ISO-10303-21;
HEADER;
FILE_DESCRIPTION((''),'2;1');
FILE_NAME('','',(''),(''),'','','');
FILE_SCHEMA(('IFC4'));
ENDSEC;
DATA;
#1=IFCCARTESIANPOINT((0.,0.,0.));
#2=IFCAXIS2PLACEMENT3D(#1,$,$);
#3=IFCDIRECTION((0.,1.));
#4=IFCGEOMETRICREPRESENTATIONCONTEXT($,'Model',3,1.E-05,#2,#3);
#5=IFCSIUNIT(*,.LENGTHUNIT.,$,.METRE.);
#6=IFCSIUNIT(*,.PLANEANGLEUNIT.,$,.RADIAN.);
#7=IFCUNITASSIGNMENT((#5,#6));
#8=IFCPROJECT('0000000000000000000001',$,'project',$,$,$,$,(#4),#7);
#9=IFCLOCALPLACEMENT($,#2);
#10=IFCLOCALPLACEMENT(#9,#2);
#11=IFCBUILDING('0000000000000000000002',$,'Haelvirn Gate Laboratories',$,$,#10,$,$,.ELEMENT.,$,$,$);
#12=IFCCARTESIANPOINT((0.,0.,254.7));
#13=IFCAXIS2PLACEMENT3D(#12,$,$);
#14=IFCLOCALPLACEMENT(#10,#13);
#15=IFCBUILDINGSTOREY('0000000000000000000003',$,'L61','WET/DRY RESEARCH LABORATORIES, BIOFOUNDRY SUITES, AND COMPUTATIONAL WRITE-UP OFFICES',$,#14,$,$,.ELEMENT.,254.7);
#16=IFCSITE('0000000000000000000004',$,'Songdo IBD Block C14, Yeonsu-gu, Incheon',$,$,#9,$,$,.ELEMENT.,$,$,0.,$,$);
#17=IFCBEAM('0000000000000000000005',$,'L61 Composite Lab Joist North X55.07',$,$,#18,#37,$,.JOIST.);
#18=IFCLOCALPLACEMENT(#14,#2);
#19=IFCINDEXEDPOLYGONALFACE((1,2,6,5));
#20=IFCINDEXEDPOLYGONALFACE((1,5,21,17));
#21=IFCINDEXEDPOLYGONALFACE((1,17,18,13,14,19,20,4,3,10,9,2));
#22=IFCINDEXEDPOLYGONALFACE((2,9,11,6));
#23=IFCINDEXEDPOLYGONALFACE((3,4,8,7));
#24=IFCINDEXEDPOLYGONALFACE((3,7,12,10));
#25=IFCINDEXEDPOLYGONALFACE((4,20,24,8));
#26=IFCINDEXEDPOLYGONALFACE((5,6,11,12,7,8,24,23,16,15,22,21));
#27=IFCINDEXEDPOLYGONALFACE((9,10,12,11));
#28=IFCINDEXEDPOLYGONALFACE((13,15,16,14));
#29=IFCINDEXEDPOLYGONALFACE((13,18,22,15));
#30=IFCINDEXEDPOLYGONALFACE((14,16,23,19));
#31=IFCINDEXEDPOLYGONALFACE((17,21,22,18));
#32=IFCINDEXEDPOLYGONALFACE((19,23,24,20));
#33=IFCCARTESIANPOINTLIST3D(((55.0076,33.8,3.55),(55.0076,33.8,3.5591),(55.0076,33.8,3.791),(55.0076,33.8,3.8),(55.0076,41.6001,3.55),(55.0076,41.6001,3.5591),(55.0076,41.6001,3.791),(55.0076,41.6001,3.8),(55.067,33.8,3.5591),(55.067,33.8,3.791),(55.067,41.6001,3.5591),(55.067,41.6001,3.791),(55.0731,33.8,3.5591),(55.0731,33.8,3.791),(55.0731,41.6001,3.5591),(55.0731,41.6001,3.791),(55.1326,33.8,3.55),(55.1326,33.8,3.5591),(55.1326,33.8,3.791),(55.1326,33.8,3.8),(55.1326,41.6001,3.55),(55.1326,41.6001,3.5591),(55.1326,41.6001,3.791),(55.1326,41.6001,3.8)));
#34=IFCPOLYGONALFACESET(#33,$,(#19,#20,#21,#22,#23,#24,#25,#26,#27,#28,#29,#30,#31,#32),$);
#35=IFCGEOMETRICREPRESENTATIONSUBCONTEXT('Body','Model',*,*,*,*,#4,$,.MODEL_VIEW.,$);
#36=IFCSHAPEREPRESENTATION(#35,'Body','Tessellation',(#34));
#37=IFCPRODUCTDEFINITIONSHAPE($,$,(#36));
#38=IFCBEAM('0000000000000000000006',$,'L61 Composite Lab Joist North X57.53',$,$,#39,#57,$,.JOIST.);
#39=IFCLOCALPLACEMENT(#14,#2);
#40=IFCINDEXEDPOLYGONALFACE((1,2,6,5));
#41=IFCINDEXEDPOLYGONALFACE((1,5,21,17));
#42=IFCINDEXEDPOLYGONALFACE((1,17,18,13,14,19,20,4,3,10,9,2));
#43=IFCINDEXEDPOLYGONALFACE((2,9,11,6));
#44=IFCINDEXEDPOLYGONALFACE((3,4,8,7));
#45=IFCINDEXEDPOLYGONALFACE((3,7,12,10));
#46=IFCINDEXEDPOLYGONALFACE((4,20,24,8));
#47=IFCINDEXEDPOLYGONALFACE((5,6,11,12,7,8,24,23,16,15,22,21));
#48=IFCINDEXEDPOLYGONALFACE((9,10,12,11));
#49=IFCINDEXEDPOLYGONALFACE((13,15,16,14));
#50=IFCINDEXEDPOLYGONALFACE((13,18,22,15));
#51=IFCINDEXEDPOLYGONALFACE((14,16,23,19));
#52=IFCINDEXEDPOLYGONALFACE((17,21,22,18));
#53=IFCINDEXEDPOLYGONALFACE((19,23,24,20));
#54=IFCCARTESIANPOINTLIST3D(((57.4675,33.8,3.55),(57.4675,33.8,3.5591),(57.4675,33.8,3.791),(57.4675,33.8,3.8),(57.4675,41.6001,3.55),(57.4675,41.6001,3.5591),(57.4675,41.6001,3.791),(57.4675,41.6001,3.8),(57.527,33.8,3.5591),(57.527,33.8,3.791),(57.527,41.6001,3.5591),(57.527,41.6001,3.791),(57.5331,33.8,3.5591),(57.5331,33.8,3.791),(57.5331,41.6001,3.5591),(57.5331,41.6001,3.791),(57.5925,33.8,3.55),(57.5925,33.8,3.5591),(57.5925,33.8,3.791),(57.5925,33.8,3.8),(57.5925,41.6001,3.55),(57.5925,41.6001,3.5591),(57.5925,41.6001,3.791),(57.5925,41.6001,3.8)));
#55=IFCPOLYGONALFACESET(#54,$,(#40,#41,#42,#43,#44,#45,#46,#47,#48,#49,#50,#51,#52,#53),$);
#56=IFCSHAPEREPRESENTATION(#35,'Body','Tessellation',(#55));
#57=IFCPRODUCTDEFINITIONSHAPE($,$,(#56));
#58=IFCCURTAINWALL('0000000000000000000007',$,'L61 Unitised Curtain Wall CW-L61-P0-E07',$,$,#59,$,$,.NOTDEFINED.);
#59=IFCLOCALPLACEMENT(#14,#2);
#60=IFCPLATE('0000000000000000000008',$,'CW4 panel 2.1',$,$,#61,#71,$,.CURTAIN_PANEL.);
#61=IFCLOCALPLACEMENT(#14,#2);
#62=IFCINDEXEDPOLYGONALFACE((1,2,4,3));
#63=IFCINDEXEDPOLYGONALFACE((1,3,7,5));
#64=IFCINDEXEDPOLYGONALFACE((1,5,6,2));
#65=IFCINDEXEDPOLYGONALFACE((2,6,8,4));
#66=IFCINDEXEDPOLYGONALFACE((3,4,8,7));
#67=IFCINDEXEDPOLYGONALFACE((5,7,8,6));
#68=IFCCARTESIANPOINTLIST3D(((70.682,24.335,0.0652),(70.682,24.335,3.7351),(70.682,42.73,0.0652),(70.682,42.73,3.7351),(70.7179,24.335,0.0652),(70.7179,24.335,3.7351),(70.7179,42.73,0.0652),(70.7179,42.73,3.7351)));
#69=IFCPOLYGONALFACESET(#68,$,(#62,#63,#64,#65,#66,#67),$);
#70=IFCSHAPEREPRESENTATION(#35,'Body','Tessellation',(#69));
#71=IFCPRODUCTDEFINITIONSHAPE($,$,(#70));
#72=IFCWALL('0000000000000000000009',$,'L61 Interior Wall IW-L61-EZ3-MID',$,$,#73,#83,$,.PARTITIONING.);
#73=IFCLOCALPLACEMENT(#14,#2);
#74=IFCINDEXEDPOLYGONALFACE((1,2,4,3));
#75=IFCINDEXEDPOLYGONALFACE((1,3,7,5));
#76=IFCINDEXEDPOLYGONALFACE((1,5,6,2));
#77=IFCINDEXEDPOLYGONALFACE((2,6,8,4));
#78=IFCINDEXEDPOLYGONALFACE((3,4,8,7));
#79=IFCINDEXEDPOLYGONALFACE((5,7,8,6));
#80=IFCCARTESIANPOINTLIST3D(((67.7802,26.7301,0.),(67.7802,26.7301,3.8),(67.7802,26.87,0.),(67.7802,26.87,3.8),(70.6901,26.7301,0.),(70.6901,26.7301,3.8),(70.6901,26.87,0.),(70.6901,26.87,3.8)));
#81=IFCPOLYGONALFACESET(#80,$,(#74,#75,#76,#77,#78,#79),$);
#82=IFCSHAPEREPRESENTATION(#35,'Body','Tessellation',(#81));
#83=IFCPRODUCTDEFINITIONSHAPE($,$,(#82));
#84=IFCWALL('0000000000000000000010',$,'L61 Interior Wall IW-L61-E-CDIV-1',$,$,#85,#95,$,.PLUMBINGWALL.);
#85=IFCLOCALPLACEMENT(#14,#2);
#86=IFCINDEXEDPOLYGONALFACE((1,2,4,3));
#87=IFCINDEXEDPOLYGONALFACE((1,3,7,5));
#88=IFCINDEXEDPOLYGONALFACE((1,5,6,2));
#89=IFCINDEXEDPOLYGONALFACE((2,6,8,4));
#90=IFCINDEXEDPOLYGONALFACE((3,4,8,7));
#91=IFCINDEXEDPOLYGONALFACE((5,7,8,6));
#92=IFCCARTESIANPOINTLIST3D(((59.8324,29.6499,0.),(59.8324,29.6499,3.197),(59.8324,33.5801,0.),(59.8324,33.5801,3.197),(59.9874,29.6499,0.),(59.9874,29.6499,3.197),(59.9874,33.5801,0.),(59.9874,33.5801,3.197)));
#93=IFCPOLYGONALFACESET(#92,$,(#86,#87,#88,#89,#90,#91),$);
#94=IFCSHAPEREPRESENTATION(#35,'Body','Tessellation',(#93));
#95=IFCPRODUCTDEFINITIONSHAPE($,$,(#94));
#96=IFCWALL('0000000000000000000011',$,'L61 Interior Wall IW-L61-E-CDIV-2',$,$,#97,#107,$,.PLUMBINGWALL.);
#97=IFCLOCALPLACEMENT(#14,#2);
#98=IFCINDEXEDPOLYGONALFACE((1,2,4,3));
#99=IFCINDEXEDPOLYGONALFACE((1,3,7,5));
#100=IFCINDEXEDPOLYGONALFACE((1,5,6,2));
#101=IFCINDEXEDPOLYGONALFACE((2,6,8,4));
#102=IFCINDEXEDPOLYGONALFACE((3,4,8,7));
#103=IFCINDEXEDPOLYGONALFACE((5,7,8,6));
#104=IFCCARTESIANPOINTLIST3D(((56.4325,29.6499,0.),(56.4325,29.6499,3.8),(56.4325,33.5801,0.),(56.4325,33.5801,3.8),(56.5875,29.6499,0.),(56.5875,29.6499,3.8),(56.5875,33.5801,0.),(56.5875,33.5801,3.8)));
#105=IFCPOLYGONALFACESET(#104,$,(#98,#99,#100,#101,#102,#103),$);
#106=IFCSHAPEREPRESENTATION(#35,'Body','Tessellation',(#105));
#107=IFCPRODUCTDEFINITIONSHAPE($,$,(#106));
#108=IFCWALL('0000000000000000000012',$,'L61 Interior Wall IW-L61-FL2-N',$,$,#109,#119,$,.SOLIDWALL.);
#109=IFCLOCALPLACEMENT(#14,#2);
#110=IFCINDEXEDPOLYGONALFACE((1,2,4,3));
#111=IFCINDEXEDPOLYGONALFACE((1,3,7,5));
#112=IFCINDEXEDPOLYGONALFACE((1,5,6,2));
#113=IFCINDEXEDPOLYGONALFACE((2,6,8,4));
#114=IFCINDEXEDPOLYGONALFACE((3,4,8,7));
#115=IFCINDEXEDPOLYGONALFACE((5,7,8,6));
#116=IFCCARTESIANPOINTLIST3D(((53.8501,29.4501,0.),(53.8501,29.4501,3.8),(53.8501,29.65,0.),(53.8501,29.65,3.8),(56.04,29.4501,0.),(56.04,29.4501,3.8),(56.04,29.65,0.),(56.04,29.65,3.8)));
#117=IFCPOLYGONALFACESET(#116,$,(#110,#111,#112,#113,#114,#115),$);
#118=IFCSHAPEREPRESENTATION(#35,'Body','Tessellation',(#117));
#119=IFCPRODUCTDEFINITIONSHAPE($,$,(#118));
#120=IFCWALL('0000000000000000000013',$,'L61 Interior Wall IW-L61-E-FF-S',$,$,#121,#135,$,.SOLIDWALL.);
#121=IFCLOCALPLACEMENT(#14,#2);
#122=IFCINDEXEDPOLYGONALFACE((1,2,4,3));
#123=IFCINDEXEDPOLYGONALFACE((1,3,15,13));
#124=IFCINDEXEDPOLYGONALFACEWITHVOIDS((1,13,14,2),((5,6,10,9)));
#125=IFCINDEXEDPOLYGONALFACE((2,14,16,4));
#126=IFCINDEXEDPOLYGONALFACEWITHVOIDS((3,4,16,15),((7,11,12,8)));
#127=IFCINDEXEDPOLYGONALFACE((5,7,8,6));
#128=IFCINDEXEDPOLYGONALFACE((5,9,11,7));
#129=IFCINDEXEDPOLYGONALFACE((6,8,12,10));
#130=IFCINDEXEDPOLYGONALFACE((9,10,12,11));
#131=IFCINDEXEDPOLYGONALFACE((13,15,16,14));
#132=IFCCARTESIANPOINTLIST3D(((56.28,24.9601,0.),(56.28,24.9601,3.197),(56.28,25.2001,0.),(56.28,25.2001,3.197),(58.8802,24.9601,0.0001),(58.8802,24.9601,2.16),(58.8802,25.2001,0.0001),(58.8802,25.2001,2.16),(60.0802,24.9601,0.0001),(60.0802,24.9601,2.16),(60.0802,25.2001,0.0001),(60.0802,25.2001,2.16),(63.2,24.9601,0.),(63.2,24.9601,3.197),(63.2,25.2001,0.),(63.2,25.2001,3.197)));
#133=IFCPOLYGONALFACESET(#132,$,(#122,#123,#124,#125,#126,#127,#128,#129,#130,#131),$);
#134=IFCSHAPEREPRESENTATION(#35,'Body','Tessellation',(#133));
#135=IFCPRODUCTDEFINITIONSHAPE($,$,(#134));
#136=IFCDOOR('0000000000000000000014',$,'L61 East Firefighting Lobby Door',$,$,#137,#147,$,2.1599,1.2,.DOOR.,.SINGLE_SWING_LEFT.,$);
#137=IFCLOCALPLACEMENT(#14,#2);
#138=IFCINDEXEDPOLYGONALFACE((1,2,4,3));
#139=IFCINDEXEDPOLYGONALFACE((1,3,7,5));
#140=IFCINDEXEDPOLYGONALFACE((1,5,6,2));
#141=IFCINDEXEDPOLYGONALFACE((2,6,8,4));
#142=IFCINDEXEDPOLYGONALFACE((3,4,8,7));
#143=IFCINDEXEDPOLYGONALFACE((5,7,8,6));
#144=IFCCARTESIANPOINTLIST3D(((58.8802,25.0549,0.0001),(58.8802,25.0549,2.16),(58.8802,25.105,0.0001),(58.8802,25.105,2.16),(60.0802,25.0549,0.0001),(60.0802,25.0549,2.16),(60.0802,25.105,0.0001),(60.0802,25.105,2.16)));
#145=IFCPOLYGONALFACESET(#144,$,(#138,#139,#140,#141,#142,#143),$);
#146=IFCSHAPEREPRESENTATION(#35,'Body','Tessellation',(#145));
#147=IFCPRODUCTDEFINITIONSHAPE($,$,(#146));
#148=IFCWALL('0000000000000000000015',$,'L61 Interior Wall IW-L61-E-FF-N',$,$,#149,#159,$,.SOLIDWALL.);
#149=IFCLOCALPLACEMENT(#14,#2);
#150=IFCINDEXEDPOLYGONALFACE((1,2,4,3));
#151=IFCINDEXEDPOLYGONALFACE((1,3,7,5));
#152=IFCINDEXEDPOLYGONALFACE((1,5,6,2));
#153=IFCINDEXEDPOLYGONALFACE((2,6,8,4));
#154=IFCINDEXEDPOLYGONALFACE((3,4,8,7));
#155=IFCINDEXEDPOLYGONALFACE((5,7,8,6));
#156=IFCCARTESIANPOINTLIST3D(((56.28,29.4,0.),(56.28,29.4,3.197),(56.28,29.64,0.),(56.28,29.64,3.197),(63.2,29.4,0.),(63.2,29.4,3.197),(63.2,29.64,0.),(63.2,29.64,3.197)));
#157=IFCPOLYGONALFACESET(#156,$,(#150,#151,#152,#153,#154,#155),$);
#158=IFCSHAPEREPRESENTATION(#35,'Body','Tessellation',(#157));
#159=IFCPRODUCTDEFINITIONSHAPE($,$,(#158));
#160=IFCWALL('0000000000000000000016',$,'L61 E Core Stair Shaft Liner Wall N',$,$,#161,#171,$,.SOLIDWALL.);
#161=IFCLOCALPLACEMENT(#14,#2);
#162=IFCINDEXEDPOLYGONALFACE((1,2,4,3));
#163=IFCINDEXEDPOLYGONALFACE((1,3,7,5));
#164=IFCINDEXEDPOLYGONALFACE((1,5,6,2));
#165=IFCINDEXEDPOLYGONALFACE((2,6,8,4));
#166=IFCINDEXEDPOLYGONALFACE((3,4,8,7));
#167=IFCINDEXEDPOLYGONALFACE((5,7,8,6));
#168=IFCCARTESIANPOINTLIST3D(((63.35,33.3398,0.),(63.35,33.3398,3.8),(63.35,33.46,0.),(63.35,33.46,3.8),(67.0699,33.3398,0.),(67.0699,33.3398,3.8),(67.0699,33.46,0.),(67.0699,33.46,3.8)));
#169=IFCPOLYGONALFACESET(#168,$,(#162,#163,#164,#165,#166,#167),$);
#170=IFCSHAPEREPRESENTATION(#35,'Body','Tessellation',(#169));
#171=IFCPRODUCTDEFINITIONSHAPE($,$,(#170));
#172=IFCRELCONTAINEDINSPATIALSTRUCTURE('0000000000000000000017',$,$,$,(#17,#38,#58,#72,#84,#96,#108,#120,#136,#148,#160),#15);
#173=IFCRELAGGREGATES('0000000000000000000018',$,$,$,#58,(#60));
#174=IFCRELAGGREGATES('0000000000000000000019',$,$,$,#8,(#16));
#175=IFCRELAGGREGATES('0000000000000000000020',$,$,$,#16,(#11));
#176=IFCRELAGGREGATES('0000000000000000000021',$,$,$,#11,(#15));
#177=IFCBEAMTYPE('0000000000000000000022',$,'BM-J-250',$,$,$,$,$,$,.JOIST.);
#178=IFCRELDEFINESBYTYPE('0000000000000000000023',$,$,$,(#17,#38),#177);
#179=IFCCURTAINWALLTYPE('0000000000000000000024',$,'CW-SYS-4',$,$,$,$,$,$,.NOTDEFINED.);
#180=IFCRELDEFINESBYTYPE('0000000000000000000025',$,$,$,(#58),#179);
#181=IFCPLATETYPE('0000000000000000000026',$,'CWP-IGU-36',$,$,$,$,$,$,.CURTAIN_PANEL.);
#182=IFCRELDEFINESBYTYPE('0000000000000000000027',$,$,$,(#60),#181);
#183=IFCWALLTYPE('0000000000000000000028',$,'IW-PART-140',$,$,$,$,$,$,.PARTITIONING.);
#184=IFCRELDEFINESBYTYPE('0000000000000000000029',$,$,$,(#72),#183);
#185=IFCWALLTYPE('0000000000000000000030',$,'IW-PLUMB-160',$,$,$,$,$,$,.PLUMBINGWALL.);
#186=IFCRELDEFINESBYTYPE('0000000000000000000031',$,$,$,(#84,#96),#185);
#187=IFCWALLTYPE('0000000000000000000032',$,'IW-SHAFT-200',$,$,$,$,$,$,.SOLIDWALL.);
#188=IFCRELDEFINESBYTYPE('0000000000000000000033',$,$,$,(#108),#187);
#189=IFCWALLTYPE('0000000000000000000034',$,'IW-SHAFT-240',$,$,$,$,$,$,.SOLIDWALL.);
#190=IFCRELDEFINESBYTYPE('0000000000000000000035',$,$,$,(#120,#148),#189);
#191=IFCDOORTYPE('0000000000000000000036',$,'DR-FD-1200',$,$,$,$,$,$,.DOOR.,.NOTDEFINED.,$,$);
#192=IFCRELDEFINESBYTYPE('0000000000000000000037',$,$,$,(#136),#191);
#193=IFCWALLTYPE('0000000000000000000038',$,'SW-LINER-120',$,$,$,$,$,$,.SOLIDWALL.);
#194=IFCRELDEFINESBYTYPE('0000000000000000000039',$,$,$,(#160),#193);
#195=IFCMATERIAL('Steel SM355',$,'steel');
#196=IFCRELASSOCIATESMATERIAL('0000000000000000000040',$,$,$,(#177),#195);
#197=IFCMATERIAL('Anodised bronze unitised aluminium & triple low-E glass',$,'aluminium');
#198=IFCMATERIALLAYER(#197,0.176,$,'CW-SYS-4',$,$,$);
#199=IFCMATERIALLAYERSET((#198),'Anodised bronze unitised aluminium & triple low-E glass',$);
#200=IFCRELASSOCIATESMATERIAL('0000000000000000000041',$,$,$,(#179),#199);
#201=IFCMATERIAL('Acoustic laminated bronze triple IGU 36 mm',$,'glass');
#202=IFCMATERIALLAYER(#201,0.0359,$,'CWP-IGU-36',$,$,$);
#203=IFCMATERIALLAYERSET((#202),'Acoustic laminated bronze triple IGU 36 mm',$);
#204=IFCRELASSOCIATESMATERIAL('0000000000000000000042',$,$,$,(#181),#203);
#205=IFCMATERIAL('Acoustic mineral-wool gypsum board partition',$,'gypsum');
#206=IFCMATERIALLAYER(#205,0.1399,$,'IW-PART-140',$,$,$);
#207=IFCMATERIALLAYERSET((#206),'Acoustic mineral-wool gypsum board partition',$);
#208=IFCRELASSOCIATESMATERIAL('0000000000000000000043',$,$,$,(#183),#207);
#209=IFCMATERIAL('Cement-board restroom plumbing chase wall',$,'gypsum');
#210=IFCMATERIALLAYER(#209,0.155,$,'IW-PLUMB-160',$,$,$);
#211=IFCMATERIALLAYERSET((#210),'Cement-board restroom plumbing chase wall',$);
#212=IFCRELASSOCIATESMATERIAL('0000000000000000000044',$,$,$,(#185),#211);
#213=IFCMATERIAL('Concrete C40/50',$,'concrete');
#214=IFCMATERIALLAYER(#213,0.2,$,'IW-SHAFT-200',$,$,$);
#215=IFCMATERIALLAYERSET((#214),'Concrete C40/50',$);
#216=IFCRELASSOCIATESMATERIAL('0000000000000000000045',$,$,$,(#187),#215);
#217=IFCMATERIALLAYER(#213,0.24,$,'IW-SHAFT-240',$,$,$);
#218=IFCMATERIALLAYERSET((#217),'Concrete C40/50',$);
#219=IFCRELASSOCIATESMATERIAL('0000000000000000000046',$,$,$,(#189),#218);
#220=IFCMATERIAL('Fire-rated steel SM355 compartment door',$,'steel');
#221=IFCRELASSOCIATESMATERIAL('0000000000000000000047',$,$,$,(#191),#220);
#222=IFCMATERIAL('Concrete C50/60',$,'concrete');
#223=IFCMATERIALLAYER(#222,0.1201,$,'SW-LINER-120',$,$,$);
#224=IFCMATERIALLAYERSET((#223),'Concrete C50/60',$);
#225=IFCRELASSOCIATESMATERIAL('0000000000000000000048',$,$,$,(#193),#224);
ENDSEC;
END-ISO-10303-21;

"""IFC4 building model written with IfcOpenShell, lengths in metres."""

from ifc_helpers import new_model, si_unit, direction, frame, frame_2d, origin, origin_2d, place, context, subcontext, project, spatial, rectangle, i_section, extrude, source, transform, mapped, material, layer, layer_set, material_profile, profile_set, type_object, type_shapes, element, fill, aggregate, save


model = new_model("IFC4")

# Units and contexts
model_context = context("Model", 3, precision=1e-05, world=origin(), true_north=direction((0.0, 1.0)))
body_context = subcontext(model_context, "Body", "Model", "MODEL_VIEW")
ifc_project = project(units=[si_unit("LENGTHUNIT", "METRE"), si_unit("PLANEANGLEUNIT", "RADIAN")], contexts=[model_context])

# Site, building, storey
site_placement = place(None, origin())
site = spatial("IfcSite", under=ifc_project, at=site_placement, Name="Songdo IBD Block C14, Yeonsu-gu, Incheon", CompositionType="ELEMENT", RefElevation=0.0)
building_placement = place(site_placement, origin())
building = spatial("IfcBuilding", under=site, at=building_placement, Name="Haelvirn Gate Laboratories", CompositionType="ELEMENT")
storey_placement = place(building_placement, frame((0.0, 0.0, 254.7)))
storey = spatial("IfcBuildingStorey", under=building, at=storey_placement, Name="L61", Description="WET/DRY RESEARCH LABORATORIES, BIOFOUNDRY SUITES, AND COMPUTATIONAL WRITE-UP OFFICES", CompositionType="ELEMENT", Elevation=254.7)

# Beams
ifc_material_1 = material(Name="Steel SM355", Category="steel")
ifc_material_profile = material_profile(ifc_material_1, i_section(OverallWidth=0.125, OverallDepth=0.25, WebThickness=0.0061, FlangeThickness=0.009, at=origin_2d()), Name="H-250x125x6x9")
ifc_profile_set = profile_set([ifc_material_profile], Name="Steel SM355")
beam_type = type_object("IfcBeamType", Name="BM-J-250", PredefinedType="JOIST", material=ifc_profile_set)
shared_shape_1 = source(origin(), body_context, "Body", "SweptSolid", [
    extrude(i_section(OverallWidth=0.125, OverallDepth=0.25, WebThickness=0.0061, FlangeThickness=0.009, at=origin_2d()), origin(), (0.0, 0.0, 1.0), 7.8),
])
type_shapes(beam_type, [shared_shape_1])
for number, where, z_axis, x_axis, name in (
    (1, (55.0701, 33.8, 3.675), (0.0, 1.0, 0.0), (-1.0, 0.0, 0.0), "L61 Composite Lab Joist North X55.07"),
    (2, (57.53, 33.8, 3.675), (0.0, 1.0, 0.0), (-1.0, 0.0, 0.0), "L61 Composite Lab Joist North X57.53"),
):
    element("IfcBeam", number, at=place(storey_placement, frame(where, z_axis=z_axis, x_axis=x_axis)), inside=storey, type_object=beam_type, Name=name, PredefinedType="JOIST", context=body_context, shape_type="MappedRepresentation", body=[
        mapped(shared_shape_1, transform((0.0, 0.0, 0.0), scale=1.0)),
    ])

# Curtain wall, plate
ifc_material_2 = material(Name="Anodised bronze unitised aluminium & triple low-E glass", Category="aluminium")
ifc_layer_1 = layer(ifc_material_2, 0.176, Name="CW-SYS-4")
ifc_layer_set_1 = layer_set([ifc_layer_1], Name="Anodised bronze unitised aluminium & triple low-E glass")
curtain_wall_type = type_object("IfcCurtainWallType", Name="CW-SYS-4", PredefinedType="NOTDEFINED", material=ifc_layer_set_1)
curtain_wall_placement = place(storey_placement, origin())
curtain_wall = element("IfcCurtainWall", 3, at=curtain_wall_placement, inside=storey, type_object=curtain_wall_type, Name="L61 Unitised Curtain Wall CW-L61-P0-E07", PredefinedType="NOTDEFINED")
ifc_material_3 = material(Name="Acoustic laminated bronze triple IGU 36 mm", Category="glass")
ifc_layer_2 = layer(ifc_material_3, 0.0359, Name="CWP-IGU-36")
ifc_layer_set_2 = layer_set([ifc_layer_2], Name="Acoustic laminated bronze triple IGU 36 mm")
plate_type = type_object("IfcPlateType", Name="CWP-IGU-36", PredefinedType="CURTAIN_PANEL", material=ifc_layer_set_2)
shared_shape_2 = source(origin(), body_context, "Body", "SweptSolid", [
    extrude(rectangle(XDim=18.395, YDim=0.0359, at=origin_2d()), origin(), (0.0, 0.0, 1.0), 3.6699),
])
type_shapes(plate_type, [shared_shape_2])
plate_placement = place(storey_placement, frame((70.7, 33.5325, 0.0652), z_axis=(0.0, 0.0, 1.0), x_axis=(0.0, 1.0, 0.0)))
plate = element("IfcPlate", 4, at=plate_placement, type_object=plate_type, Name="CW4 panel 2.1", PredefinedType="CURTAIN_PANEL", context=body_context, shape_type="MappedRepresentation", body=[
    mapped(shared_shape_2, transform((0.0, 0.0, 0.0), scale=1.0)),
])
aggregate(curtain_wall, [plate])

# Walls
ifc_material_4 = material(Name="Acoustic mineral-wool gypsum board partition", Category="gypsum")
ifc_layer_3 = layer(ifc_material_4, 0.1399, Name="IW-PART-140")
ifc_layer_set_3 = layer_set([ifc_layer_3], Name="Acoustic mineral-wool gypsum board partition")
wall_type_1 = type_object("IfcWallType", Name="IW-PART-140", PredefinedType="PARTITIONING", material=ifc_layer_set_3)
wall_1_placement = place(storey_placement, frame((67.78, 26.8, 0.0), z_axis=(0.0, 0.0, 1.0), x_axis=(1.0, 0.0, 0.0)))
element("IfcWall", 5, at=wall_1_placement, inside=storey, type_object=wall_type_1, Name="L61 Interior Wall IW-L61-EZ3-MID", PredefinedType="PARTITIONING", context=body_context, shape_type="SweptSolid", body=[
    extrude(rectangle(XDim=2.9099, YDim=0.1399, at=frame_2d((1.4551, 0.0))), origin(), (0.0, 0.0, 1.0), 3.8),
])
ifc_material_5 = material(Name="Cement-board restroom plumbing chase wall", Category="gypsum")
ifc_layer_4 = layer(ifc_material_5, 0.155, Name="IW-PLUMB-160")
ifc_layer_set_4 = layer_set([ifc_layer_4], Name="Cement-board restroom plumbing chase wall")
wall_type_2 = type_object("IfcWallType", Name="IW-PLUMB-160", PredefinedType="PLUMBINGWALL", material=ifc_layer_set_4)
wall_2_placement = place(storey_placement, frame((59.9099, 29.6499, 0.0), z_axis=(0.0, 0.0, 1.0), x_axis=(0.0, 1.0, 0.0)))
element("IfcWall", 6, at=wall_2_placement, inside=storey, type_object=wall_type_2, Name="L61 Interior Wall IW-L61-E-CDIV-1", PredefinedType="PLUMBINGWALL", context=body_context, shape_type="SweptSolid", body=[
    extrude(rectangle(XDim=3.9302, YDim=0.155, at=frame_2d((1.9651, 0.0))), origin(), (0.0, 0.0, 1.0), 3.197),
])
wall_3_placement = place(storey_placement, frame((56.51, 29.6499, 0.0), z_axis=(0.0, 0.0, 1.0), x_axis=(0.0, 1.0, 0.0)))
element("IfcWall", 7, at=wall_3_placement, inside=storey, type_object=wall_type_2, Name="L61 Interior Wall IW-L61-E-CDIV-2", PredefinedType="PLUMBINGWALL", context=body_context, shape_type="SweptSolid", body=[
    extrude(rectangle(XDim=3.9302, YDim=0.155, at=frame_2d((1.9651, 0.0))), origin(), (0.0, 0.0, 1.0), 3.8),
])
ifc_material_6 = material(Name="Concrete C40/50", Category="concrete")
ifc_layer_5 = layer(ifc_material_6, 0.2, Name="IW-SHAFT-200")
ifc_layer_set_5 = layer_set([ifc_layer_5], Name="Concrete C40/50")
wall_type_3 = type_object("IfcWallType", Name="IW-SHAFT-200", PredefinedType="SOLIDWALL", material=ifc_layer_set_5)
wall_4_placement = place(storey_placement, frame((53.8501, 29.55, 0.0), z_axis=(0.0, 0.0, 1.0), x_axis=(1.0, 0.0, 0.0)))
element("IfcWall", 8, at=wall_4_placement, inside=storey, type_object=wall_type_3, Name="L61 Interior Wall IW-L61-FL2-N", PredefinedType="SOLIDWALL", context=body_context, shape_type="SweptSolid", body=[
    extrude(rectangle(XDim=2.1899, YDim=0.2, at=frame_2d((1.095, 0.0))), origin(), (0.0, 0.0, 1.0), 3.8),
])

# Wall, opening, door
ifc_layer_6 = layer(ifc_material_6, 0.24, Name="IW-SHAFT-240")
ifc_layer_set_6 = layer_set([ifc_layer_6], Name="Concrete C40/50")
wall_type_4 = type_object("IfcWallType", Name="IW-SHAFT-240", PredefinedType="SOLIDWALL", material=ifc_layer_set_6)
wall_5_placement = place(storey_placement, frame((56.28, 25.0801, 0.0), z_axis=(0.0, 0.0, 1.0), x_axis=(1.0, 0.0, 0.0)))
wall_5 = element("IfcWall", 9, at=wall_5_placement, inside=storey, type_object=wall_type_4, Name="L61 Interior Wall IW-L61-E-FF-S", PredefinedType="SOLIDWALL", context=body_context, shape_type="SweptSolid", body=[
    extrude(rectangle(XDim=6.9199, YDim=0.24, at=frame_2d((3.46, 0.0))), origin(), (0.0, 0.0, 1.0), 3.197),
])
opening_1_placement = place(wall_5_placement, frame((2.6001, 0.0, 0.0)))
opening_1 = element("IfcOpeningElement", 10, at=opening_1_placement, cuts=wall_5, PredefinedType="OPENING", context=body_context, shape_type="SweptSolid", body=[
    extrude(rectangle(XDim=1.2, YDim=2.1599, at=frame_2d((0.6001, 1.0801))), frame((0.0, 0.1299, 0.0), z_axis=(0.0, -1.0, 0.0), x_axis=(1.0, 0.0, 0.0)), (0.0, 0.0, 1.0), 0.26),
])
ifc_material_7 = material(Name="Fire-rated steel SM355 compartment door", Category="steel")
door_type_1 = type_object("IfcDoorType", Name="DR-FD-1200", OperationType="NOTDEFINED", PredefinedType="DOOR", material=ifc_material_7)
shared_shape_3 = source(origin(), body_context, "Body", "SweptSolid", [
    extrude(rectangle(XDim=1.2, YDim=2.1599, at=frame_2d((0.6001, 1.0801))), frame((0.0, 0.0249, 0.0), z_axis=(0.0, -1.0, 0.0), x_axis=(1.0, 0.0, 0.0)), (0.0, 0.0, 1.0), 0.05),
])
type_shapes(door_type_1, [shared_shape_3])
door_1_placement = place(opening_1_placement, origin())
door_1 = element("IfcDoor", 11, at=door_1_placement, inside=storey, type_object=door_type_1, Name="L61 East Firefighting Lobby Door", OperationType="SINGLE_SWING_LEFT", OverallHeight=2.1599, OverallWidth=1.2, PredefinedType="DOOR", context=body_context, shape_type="MappedRepresentation", body=[
    mapped(shared_shape_3, transform((0.0, 0.0, 0.0), scale=1.0)),
])
fill(opening_1, door_1)

# Walls
wall_6_placement = place(storey_placement, frame((56.28, 29.52, 0.0), z_axis=(0.0, 0.0, 1.0), x_axis=(1.0, 0.0, 0.0)))
element("IfcWall", 12, at=wall_6_placement, inside=storey, type_object=wall_type_4, Name="L61 Interior Wall IW-L61-E-FF-N", PredefinedType="SOLIDWALL", context=body_context, shape_type="SweptSolid", body=[
    extrude(rectangle(XDim=6.9199, YDim=0.24, at=frame_2d((3.46, 0.0))), origin(), (0.0, 0.0, 1.0), 3.197),
])
ifc_material_8 = material(Name="Concrete C50/60", Category="concrete")
ifc_layer_7 = layer(ifc_material_8, 0.1201, Name="SW-LINER-120")
ifc_layer_set_7 = layer_set([ifc_layer_7], Name="Concrete C50/60")
wall_type_5 = type_object("IfcWallType", Name="SW-LINER-120", PredefinedType="SOLIDWALL", material=ifc_layer_set_7)
wall_7_placement = place(storey_placement, frame((63.3501, 33.3999, 0.0), z_axis=(0.0, 0.0, 1.0), x_axis=(1.0, 0.0, 0.0)))
element("IfcWall", 13, at=wall_7_placement, inside=storey, type_object=wall_type_5, Name="L61 E Core Stair Shaft Liner Wall N", PredefinedType="SOLIDWALL", context=body_context, shape_type="SweptSolid", body=[
    extrude(rectangle(XDim=3.72, YDim=0.1201, at=frame_2d((1.8599, 0.0))), origin(), (0.0, 0.0, 1.0), 3.8),
])

save(model, "model.ifc")
